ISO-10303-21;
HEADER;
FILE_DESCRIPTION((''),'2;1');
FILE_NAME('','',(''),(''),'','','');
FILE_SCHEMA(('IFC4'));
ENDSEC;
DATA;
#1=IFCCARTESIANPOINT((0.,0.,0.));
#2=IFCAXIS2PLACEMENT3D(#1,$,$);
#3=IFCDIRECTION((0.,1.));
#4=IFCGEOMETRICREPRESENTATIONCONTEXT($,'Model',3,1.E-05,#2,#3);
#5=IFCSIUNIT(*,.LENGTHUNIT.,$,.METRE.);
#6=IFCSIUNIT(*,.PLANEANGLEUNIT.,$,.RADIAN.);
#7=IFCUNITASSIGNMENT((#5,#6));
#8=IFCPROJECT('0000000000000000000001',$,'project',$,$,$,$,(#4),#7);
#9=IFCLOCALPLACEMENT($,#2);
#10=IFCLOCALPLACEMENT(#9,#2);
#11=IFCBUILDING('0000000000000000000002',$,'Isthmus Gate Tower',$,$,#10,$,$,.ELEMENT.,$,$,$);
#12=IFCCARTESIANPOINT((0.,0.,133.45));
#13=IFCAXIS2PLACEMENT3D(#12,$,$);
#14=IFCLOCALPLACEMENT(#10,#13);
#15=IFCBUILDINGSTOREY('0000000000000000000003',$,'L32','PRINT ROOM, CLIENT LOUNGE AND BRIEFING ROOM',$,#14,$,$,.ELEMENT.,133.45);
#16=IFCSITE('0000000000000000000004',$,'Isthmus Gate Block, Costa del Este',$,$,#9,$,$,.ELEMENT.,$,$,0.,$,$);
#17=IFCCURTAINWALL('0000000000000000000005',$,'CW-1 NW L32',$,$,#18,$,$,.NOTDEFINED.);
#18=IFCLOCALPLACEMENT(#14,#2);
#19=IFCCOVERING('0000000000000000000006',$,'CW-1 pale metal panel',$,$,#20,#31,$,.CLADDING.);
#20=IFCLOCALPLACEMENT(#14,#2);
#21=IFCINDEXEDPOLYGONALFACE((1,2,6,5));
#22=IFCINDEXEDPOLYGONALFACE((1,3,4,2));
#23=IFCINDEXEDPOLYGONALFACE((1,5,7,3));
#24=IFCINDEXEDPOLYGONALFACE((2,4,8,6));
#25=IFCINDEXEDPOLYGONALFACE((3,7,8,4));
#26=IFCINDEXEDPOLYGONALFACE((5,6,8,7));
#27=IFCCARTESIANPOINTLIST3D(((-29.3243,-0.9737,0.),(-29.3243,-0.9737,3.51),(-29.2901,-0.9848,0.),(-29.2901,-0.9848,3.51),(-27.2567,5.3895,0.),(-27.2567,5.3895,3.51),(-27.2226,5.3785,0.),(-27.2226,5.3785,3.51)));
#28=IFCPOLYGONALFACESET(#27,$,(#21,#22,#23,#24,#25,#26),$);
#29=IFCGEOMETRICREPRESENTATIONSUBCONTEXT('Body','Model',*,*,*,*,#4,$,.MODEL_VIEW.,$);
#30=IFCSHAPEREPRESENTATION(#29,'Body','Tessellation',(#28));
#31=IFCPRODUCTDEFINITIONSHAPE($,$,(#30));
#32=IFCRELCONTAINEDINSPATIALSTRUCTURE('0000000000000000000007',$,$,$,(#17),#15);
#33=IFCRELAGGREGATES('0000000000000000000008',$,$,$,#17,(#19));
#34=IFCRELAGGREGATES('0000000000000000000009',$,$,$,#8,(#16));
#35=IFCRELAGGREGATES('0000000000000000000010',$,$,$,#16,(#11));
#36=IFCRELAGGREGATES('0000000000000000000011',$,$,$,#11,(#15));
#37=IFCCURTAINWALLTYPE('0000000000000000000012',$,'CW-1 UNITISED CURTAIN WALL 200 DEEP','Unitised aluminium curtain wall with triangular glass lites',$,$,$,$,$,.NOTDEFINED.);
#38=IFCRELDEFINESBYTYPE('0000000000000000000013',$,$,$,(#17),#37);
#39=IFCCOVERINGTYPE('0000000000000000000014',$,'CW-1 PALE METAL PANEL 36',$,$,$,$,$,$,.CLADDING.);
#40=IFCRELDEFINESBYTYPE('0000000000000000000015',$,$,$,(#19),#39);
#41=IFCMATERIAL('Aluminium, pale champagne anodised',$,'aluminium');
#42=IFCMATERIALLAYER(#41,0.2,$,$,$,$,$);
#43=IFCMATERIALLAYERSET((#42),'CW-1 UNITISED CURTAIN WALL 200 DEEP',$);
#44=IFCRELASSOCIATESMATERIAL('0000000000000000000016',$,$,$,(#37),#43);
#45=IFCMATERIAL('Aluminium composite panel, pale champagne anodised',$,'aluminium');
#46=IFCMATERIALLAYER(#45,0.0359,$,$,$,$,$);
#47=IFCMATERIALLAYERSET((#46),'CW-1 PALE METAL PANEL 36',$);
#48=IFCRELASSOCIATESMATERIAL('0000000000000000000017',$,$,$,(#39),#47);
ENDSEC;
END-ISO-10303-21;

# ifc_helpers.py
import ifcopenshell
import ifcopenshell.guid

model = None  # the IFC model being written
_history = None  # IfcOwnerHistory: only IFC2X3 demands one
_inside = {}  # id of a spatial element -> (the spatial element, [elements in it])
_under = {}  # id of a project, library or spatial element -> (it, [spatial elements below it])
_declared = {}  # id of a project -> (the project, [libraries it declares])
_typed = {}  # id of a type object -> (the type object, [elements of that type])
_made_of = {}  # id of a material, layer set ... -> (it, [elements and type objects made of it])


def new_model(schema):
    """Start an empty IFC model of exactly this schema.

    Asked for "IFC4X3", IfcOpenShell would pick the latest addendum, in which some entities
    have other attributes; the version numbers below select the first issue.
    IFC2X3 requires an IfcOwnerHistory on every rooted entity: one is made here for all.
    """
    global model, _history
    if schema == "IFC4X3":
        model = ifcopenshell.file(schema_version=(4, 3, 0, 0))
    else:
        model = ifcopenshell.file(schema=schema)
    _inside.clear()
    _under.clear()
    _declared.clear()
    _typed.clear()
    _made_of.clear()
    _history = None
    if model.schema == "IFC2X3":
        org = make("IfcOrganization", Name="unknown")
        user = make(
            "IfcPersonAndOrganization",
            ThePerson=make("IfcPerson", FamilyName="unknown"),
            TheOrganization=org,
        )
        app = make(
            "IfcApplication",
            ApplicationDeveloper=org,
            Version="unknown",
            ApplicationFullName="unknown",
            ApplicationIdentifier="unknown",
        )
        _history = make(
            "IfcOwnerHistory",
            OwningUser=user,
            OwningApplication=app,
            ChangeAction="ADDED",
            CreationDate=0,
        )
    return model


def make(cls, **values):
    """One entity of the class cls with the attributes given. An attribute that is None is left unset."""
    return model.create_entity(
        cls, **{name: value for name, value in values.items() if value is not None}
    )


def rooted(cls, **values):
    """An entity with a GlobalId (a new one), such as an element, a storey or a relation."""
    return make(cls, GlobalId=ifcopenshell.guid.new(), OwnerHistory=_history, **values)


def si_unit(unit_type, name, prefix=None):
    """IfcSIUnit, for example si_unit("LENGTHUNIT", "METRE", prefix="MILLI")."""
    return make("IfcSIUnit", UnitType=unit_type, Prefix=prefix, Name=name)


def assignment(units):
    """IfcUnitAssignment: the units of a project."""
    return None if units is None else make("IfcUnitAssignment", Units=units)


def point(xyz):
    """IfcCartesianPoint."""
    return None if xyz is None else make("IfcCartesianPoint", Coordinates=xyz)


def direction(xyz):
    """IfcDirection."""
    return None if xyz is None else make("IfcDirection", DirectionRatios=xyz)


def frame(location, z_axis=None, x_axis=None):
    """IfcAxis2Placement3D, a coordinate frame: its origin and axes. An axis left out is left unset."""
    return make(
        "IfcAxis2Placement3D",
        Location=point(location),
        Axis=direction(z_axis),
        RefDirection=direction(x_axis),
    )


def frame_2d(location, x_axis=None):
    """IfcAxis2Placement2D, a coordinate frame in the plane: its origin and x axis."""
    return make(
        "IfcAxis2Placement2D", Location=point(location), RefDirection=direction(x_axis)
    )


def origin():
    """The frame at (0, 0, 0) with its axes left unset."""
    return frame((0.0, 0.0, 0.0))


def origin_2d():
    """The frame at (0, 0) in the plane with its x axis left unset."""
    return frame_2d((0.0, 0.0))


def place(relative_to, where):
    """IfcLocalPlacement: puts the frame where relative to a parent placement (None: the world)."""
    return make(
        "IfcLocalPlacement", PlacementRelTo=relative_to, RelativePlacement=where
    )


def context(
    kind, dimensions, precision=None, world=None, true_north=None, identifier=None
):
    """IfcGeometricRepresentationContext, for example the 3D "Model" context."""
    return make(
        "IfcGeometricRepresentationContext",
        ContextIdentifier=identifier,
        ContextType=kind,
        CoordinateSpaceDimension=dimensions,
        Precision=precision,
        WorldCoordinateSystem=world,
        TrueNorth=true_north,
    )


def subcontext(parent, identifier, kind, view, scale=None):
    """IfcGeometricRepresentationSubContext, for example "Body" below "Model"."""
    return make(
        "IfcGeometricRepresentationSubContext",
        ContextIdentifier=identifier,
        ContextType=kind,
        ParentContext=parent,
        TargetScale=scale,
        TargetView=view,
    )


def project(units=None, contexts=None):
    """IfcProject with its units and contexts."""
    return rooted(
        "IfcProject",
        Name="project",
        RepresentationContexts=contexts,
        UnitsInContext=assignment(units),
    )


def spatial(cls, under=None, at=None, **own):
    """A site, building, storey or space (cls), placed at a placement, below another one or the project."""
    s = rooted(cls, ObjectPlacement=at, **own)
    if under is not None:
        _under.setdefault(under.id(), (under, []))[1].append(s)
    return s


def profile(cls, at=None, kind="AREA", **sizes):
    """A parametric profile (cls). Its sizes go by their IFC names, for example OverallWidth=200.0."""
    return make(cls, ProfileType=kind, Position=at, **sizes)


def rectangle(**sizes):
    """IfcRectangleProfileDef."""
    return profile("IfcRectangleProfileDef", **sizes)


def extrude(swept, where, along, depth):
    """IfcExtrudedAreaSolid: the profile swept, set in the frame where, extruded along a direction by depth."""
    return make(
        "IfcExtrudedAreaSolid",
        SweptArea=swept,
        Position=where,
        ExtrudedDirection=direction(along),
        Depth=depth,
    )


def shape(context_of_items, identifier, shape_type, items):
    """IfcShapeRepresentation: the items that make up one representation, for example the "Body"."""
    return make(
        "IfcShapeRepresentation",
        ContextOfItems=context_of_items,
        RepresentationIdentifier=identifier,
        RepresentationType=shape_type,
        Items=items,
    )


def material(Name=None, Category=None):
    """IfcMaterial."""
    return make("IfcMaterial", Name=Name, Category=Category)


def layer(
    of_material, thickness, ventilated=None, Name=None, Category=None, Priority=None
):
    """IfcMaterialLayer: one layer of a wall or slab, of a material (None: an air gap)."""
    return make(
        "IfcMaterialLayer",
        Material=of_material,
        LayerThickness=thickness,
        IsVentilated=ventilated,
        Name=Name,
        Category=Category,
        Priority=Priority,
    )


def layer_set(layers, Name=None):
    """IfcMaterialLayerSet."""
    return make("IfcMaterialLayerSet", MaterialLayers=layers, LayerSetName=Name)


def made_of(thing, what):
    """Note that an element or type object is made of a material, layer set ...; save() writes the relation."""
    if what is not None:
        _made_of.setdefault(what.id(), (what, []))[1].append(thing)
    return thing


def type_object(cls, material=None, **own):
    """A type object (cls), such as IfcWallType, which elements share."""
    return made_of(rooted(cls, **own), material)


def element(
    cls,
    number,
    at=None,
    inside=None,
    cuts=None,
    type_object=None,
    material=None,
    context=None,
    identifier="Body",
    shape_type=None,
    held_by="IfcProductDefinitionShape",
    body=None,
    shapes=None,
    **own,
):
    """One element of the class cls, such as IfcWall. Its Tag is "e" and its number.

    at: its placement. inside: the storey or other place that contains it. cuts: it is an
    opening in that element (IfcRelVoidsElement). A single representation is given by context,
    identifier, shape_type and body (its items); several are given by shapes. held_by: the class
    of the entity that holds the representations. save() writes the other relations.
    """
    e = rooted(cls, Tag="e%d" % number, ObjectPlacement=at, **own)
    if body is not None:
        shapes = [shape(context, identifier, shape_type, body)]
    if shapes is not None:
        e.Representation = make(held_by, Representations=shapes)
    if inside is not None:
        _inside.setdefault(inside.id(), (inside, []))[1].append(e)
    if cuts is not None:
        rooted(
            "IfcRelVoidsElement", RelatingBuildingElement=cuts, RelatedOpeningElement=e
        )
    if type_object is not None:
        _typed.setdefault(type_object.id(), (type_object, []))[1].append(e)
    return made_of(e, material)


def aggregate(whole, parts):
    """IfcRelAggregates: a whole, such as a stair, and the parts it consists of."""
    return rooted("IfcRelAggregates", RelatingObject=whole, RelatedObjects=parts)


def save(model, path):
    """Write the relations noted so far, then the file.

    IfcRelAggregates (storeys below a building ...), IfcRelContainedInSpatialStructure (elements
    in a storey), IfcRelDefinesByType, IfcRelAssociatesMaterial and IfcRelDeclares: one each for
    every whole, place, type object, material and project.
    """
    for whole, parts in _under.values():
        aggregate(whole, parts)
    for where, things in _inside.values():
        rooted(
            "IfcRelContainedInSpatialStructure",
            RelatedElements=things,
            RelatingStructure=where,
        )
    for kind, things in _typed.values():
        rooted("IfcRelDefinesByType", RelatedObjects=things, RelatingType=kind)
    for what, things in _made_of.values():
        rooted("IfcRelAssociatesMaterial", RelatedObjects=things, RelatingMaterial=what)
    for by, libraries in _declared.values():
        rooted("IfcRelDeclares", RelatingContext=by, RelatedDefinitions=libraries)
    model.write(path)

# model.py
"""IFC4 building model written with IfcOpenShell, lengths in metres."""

from ifc_helpers import new_model, si_unit, direction, frame, origin, origin_2d, place, context, subcontext, project, spatial, rectangle, extrude, material, layer, layer_set, type_object, element, aggregate, save


model = new_model("IFC4")

# Units and contexts
model_context = context("Model", 3, precision=1e-05, world=origin(), true_north=direction((0.0, 1.0)))
body_context = subcontext(model_context, "Body", "Model", "MODEL_VIEW")
ifc_project = project(units=[si_unit("LENGTHUNIT", "METRE"), si_unit("PLANEANGLEUNIT", "RADIAN")], contexts=[model_context])

# Site, building, storey
site_placement = place(None, origin())
site = spatial("IfcSite", under=ifc_project, at=site_placement, Name="Isthmus Gate Block, Costa del Este", CompositionType="ELEMENT", RefElevation=0.0)
building_placement = place(site_placement, origin())
building = spatial("IfcBuilding", under=site, at=building_placement, Name="Isthmus Gate Tower", CompositionType="ELEMENT")
storey_placement = place(building_placement, frame((0.0, 0.0, 133.45)))
storey = spatial("IfcBuildingStorey", under=building, at=storey_placement, Name="L32", Description="PRINT ROOM, CLIENT LOUNGE AND BRIEFING ROOM", CompositionType="ELEMENT", Elevation=133.45)

# Shared definitions
ifc_material_1 = material(Name="Aluminium, pale champagne anodised", Category="aluminium")
ifc_layer_1 = layer(ifc_material_1, 0.2)
ifc_layer_set_1 = layer_set([ifc_layer_1], Name="CW-1 UNITISED CURTAIN WALL 200 DEEP")
curtain_wall_type = type_object("IfcCurtainWallType", Name="CW-1 UNITISED CURTAIN WALL 200 DEEP", Description="Unitised aluminium curtain wall with triangular glass lites", PredefinedType="NOTDEFINED", material=ifc_layer_set_1)

# Curtain wall, covering
curtain_wall_1_placement = place(storey_placement, origin())
curtain_wall_1 = element("IfcCurtainWall", 1, at=curtain_wall_1_placement, inside=storey, type_object=curtain_wall_type, Name="CW-1 NW L32", PredefinedType="NOTDEFINED")
ifc_material_2 = material(Name="Aluminium composite panel, pale champagne anodised", Category="aluminium")
ifc_layer_2 = layer(ifc_material_2, 0.0359)
ifc_layer_set_2 = layer_set([ifc_layer_2], Name="CW-1 PALE METAL PANEL 36")
covering_type = type_object("IfcCoveringType", Name="CW-1 PALE METAL PANEL 36", PredefinedType="CLADDING", material=ifc_layer_set_2)
covering_placement = place(storey_placement, frame((-28.2734, 2.2024, 0.0), z_axis=(0.0, 0.0, 1.0), x_axis=(-0.309017, -0.951057, 0.0)))
covering = element("IfcCovering", 2, at=covering_placement, type_object=covering_type, Name="CW-1 pale metal panel", PredefinedType="CLADDING", context=body_context, shape_type="SweptSolid", body=[
    extrude(rectangle(XDim=6.6907, YDim=0.0359, at=origin_2d()), origin(), (0.0, 0.0, 1.0), 3.51),
])
aggregate(curtain_wall_1, [covering])

save(model, "model.ifc")
